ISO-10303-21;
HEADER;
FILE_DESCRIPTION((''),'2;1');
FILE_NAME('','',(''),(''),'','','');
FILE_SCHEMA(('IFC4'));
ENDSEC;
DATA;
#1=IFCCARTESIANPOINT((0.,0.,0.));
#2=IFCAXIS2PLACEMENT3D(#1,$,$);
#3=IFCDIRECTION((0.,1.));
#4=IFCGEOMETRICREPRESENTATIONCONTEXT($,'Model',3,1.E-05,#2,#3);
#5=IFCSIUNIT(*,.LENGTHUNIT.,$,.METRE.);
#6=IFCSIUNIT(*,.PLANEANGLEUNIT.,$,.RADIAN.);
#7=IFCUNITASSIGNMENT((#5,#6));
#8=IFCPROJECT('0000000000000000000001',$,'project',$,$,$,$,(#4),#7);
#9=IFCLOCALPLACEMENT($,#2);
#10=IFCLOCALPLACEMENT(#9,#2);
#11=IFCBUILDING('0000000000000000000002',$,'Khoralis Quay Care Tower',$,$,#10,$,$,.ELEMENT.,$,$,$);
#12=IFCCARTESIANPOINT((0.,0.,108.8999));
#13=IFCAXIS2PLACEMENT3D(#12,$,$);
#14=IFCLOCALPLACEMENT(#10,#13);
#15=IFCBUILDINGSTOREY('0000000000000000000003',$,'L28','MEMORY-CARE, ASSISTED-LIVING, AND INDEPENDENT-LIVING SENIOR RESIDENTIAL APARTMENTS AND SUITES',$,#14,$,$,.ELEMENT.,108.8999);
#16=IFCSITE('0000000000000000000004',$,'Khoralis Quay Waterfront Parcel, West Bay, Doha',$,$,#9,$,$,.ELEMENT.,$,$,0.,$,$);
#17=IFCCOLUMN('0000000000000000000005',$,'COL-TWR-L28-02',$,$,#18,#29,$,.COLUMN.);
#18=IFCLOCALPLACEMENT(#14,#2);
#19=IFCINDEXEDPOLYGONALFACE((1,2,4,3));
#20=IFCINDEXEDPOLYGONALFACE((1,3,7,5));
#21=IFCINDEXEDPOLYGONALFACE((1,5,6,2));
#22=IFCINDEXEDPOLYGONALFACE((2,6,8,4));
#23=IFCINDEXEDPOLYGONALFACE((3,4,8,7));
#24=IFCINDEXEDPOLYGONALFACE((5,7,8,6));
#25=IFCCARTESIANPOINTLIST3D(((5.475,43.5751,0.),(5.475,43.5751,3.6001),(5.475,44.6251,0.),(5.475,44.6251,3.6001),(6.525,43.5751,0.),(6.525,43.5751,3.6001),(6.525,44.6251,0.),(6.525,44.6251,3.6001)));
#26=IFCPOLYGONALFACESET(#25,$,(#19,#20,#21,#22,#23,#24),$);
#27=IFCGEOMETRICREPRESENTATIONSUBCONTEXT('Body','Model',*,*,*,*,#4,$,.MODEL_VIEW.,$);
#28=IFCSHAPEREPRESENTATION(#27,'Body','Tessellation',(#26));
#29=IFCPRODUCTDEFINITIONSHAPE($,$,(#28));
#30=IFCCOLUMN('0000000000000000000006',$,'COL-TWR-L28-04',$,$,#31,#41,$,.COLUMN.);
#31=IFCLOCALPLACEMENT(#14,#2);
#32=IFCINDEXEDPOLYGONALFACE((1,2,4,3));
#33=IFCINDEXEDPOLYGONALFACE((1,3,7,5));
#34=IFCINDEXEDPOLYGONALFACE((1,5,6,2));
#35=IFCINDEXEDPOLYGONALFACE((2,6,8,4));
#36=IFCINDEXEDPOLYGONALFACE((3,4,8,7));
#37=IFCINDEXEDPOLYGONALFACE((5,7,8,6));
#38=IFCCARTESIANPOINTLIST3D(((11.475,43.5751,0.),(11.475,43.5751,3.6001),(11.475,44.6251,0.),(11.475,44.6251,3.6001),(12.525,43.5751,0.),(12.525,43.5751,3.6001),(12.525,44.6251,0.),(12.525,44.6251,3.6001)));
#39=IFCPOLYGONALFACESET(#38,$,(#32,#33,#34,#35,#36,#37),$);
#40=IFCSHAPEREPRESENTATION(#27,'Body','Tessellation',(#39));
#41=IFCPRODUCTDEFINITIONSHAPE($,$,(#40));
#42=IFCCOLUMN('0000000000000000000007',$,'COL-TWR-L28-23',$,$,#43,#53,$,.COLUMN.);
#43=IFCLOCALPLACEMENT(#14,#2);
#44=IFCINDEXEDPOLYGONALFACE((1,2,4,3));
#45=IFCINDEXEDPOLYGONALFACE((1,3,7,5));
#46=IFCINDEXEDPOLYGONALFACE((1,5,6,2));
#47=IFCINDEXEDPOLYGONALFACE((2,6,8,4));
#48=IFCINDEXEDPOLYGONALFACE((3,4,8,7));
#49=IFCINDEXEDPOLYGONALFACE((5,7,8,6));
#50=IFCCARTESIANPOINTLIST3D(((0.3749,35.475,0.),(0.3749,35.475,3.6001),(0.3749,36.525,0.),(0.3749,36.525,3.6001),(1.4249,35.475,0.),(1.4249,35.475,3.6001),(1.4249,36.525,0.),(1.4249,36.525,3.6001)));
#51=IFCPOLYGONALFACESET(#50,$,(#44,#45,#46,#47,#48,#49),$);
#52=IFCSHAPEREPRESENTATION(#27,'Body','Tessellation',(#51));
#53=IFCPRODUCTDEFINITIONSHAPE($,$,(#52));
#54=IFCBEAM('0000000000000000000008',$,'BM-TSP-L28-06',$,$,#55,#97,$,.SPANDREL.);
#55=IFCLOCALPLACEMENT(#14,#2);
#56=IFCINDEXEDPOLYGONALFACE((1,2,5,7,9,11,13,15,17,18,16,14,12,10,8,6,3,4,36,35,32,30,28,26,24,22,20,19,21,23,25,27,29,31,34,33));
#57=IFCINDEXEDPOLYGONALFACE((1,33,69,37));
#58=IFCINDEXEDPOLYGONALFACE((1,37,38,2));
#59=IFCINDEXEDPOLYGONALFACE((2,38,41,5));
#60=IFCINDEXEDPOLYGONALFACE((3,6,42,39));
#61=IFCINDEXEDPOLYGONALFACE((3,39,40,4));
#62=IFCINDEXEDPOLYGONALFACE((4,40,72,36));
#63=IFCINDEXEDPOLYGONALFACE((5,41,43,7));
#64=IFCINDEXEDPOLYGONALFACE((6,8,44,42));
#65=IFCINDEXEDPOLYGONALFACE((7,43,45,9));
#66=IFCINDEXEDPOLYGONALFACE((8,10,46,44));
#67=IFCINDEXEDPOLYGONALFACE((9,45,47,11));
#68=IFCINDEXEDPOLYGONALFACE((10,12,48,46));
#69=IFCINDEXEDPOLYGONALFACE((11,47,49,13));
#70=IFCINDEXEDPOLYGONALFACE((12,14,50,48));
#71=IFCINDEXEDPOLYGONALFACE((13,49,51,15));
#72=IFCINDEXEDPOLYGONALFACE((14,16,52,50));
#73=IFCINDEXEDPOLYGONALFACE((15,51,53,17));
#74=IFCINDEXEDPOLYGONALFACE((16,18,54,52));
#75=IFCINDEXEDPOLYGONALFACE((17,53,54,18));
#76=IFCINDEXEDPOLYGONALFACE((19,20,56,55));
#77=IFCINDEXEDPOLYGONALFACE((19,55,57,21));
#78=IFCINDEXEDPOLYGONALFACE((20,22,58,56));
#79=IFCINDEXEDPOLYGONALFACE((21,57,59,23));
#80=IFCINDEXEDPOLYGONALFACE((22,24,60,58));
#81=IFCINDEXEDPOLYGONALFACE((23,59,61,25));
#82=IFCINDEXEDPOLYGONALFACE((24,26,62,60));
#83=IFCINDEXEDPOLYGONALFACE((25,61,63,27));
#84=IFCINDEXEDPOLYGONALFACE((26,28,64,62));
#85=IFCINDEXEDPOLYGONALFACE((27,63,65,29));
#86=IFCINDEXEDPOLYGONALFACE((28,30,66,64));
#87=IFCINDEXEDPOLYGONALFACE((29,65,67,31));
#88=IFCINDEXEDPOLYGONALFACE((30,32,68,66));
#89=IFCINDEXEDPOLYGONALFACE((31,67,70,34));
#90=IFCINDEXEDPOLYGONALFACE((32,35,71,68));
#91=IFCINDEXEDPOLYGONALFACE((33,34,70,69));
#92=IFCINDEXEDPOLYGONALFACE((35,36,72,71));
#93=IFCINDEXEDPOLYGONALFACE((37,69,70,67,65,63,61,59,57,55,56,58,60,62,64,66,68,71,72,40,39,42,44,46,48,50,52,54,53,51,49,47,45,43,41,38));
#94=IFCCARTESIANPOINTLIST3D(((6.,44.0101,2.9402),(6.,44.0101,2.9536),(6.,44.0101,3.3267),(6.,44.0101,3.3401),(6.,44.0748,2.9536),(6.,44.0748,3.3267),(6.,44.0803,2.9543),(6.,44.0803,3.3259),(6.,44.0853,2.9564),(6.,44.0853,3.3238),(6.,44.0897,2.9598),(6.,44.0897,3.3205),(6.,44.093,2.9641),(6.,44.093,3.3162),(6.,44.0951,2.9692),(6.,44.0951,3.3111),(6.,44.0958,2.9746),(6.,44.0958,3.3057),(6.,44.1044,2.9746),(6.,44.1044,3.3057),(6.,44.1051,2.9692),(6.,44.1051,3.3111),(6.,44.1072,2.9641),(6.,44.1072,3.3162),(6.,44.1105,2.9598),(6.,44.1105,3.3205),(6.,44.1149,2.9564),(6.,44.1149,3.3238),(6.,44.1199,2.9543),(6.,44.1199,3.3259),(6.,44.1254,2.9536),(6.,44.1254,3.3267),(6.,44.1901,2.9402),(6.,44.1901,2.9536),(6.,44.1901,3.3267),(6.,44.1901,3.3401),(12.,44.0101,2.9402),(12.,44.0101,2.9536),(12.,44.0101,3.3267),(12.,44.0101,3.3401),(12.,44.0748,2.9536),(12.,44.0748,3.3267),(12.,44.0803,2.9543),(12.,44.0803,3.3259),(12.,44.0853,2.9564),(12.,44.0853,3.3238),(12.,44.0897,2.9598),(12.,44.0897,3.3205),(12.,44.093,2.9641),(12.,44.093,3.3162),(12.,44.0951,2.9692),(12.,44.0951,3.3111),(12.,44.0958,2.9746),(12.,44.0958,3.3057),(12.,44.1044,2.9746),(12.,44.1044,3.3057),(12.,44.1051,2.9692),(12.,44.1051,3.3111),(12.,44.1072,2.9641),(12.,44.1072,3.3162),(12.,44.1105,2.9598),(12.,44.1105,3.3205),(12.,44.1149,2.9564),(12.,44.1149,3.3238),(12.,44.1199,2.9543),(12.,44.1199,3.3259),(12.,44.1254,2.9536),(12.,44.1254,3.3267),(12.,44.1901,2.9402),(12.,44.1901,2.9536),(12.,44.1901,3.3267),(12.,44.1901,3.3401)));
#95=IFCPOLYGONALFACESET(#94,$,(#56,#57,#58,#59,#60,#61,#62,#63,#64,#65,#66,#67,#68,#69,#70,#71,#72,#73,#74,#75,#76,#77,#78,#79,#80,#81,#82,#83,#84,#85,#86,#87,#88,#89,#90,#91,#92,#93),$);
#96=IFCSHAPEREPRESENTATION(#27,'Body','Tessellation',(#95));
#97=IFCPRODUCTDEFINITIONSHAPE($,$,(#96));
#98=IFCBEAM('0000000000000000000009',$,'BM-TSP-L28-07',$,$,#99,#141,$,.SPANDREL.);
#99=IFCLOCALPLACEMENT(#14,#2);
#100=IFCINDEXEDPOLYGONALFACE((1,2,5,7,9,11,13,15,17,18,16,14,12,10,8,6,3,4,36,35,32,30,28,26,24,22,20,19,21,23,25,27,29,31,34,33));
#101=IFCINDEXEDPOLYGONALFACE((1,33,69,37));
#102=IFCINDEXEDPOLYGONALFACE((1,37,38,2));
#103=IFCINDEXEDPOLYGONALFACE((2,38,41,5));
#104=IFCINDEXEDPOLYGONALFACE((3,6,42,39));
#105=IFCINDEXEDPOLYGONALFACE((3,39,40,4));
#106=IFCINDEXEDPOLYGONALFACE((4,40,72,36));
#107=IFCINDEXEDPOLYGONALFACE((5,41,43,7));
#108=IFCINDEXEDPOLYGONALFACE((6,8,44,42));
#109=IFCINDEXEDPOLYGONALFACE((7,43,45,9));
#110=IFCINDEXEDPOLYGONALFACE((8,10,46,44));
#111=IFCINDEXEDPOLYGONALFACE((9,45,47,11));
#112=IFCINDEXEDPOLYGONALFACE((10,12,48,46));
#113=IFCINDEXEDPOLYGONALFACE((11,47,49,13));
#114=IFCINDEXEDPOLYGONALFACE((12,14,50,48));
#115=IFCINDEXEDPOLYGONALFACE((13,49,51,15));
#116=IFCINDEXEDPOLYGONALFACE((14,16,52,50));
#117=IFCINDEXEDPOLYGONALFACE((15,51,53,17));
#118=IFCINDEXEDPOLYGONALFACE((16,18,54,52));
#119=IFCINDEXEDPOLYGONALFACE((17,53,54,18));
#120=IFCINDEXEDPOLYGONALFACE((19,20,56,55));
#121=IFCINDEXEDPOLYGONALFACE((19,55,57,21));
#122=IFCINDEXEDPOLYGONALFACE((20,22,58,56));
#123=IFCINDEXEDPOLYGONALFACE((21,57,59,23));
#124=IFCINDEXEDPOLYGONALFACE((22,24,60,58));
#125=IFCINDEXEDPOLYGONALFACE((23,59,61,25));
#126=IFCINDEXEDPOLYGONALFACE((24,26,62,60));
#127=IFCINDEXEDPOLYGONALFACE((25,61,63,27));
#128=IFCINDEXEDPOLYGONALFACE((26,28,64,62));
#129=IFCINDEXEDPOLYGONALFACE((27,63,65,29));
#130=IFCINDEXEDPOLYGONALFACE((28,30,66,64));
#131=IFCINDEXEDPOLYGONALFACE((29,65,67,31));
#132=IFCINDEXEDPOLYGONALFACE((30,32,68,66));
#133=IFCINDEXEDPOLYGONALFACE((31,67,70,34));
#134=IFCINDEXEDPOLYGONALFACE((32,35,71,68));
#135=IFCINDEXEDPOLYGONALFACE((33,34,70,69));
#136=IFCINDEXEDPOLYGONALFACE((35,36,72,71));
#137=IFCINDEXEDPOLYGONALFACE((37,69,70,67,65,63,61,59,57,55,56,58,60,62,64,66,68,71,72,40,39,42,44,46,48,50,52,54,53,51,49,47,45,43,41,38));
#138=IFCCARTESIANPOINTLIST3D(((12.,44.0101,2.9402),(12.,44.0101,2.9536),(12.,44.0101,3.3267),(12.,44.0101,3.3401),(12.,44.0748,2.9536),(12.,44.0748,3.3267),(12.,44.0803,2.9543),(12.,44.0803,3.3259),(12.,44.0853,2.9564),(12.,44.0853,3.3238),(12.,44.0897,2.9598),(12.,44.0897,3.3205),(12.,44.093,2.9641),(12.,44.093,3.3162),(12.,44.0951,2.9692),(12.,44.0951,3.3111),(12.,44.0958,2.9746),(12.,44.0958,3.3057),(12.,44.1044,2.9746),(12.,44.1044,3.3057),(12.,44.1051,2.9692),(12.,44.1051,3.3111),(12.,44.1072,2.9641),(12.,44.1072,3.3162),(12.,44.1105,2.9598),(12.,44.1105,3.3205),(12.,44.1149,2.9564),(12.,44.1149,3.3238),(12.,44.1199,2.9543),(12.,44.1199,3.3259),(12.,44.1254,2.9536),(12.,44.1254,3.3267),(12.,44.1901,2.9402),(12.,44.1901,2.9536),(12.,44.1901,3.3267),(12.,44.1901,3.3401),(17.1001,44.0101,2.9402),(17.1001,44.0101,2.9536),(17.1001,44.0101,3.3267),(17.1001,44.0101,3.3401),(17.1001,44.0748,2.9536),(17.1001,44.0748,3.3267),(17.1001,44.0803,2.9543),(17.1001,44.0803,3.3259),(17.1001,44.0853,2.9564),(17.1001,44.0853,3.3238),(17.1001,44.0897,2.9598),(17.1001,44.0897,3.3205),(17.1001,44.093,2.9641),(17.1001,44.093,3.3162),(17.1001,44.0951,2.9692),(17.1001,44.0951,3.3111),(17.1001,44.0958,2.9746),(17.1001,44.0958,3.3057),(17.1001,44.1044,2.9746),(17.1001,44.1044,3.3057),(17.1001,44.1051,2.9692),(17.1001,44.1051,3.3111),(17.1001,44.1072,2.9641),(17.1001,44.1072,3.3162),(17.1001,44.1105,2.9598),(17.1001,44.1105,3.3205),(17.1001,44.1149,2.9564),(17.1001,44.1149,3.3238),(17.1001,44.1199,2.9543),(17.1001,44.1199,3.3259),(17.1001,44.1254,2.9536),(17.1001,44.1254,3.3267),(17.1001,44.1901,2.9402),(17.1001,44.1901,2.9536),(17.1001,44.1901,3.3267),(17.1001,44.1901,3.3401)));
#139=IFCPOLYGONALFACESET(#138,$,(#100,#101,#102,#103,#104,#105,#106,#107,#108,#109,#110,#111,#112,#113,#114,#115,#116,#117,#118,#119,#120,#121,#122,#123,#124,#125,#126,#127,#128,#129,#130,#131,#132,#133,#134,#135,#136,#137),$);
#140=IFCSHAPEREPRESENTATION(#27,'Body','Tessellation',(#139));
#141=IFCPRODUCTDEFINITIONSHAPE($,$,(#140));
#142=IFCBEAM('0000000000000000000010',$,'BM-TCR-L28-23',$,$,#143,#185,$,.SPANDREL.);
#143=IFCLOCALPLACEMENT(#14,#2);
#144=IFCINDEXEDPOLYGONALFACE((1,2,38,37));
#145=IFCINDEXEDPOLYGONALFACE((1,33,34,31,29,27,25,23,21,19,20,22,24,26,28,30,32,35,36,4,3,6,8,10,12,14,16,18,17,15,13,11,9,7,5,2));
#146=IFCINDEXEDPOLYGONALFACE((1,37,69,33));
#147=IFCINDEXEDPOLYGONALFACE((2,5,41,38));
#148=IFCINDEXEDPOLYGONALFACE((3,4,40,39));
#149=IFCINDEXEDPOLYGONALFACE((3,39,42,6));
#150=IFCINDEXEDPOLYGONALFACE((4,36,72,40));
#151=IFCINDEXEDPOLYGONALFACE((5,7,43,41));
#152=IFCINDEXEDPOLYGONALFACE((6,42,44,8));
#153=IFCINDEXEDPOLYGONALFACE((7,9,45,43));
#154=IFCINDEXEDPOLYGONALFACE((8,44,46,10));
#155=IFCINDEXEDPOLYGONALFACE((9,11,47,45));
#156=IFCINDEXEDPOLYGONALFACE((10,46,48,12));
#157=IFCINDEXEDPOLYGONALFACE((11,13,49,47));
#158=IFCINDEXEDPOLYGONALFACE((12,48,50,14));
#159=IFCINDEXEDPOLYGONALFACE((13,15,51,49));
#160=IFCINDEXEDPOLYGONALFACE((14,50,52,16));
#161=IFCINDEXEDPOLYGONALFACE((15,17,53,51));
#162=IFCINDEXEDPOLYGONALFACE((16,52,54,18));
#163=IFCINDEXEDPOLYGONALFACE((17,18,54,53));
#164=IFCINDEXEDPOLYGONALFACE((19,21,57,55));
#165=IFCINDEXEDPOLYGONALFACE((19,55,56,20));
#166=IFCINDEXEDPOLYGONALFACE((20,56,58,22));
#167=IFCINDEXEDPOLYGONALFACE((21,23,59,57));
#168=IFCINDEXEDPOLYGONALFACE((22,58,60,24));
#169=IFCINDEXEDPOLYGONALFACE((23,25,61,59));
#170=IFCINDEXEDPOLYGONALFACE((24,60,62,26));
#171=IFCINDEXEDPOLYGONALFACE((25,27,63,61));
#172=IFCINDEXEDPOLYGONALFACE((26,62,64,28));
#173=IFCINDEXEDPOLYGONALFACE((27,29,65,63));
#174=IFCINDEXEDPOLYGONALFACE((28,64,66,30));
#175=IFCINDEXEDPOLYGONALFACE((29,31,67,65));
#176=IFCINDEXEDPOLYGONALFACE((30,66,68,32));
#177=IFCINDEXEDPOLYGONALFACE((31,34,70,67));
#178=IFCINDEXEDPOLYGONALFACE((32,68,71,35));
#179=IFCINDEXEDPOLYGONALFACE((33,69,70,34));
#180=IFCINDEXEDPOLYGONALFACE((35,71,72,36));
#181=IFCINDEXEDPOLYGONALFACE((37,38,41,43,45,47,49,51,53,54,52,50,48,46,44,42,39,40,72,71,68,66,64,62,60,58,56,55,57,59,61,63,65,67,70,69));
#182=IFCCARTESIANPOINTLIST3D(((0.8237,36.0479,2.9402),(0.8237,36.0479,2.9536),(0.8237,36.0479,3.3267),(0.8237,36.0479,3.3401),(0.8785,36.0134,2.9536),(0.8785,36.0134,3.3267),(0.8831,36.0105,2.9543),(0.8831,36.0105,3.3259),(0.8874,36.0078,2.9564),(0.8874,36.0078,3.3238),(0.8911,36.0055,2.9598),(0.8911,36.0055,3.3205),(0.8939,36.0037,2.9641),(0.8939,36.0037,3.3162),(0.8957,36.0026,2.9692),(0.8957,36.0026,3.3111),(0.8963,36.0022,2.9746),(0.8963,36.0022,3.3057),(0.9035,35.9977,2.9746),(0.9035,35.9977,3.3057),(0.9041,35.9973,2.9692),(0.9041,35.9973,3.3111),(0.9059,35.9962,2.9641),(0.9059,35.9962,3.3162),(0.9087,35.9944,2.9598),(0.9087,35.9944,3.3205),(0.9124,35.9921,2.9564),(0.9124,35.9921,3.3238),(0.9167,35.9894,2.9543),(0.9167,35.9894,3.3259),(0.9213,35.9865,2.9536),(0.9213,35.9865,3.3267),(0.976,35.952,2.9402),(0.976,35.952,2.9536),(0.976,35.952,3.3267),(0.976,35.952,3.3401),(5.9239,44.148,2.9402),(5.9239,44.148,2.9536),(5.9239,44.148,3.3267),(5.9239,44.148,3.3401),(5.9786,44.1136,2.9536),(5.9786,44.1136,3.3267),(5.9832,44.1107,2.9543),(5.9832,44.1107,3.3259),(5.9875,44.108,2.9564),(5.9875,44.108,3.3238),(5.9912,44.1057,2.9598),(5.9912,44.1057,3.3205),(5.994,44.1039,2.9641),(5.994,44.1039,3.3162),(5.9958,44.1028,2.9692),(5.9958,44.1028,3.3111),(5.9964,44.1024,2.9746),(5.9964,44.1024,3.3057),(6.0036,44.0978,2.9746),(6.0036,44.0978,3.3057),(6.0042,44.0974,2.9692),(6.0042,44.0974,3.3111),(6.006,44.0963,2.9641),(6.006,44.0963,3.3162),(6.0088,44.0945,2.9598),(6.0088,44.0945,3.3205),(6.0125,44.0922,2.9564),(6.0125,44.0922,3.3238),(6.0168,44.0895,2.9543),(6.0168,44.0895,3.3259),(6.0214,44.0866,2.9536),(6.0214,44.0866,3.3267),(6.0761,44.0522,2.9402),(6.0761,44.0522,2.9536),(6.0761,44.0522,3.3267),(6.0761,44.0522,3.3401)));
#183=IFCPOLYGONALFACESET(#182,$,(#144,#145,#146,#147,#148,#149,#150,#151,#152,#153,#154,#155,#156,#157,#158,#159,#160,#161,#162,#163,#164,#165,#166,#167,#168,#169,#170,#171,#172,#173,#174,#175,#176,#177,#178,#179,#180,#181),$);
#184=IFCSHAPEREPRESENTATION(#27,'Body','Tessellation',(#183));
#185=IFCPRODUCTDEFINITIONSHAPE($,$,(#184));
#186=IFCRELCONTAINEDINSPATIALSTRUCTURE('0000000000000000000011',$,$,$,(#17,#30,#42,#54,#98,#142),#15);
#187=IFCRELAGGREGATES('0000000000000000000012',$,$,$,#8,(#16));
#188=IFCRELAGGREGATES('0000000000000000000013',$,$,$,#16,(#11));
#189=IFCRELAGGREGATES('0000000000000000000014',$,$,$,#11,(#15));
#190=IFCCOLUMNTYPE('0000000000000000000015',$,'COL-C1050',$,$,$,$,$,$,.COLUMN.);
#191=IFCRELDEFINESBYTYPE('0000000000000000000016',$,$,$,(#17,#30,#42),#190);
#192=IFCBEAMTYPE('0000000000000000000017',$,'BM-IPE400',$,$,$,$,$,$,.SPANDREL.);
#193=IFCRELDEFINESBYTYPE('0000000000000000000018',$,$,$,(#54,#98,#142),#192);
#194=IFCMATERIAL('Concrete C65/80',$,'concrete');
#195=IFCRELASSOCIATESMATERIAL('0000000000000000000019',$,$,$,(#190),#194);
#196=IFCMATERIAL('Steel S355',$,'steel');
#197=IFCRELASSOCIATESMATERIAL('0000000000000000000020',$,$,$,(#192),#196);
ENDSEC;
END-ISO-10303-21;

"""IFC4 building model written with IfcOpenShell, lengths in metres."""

from ifc_helpers import new_model, si_unit, direction, frame, origin, origin_2d, place, context, subcontext, project, spatial, rectangle, i_section, extrude, source, transform, mapped, material, material_profile, profile_set, type_object, element, save


model = new_model("IFC4")

# Units and contexts
model_context = context("Model", 3, precision=1e-05, world=origin(), true_north=direction((0.0, 1.0)))
body_context = subcontext(model_context, "Body", "Model", "MODEL_VIEW")
ifc_project = project(units=[si_unit("LENGTHUNIT", "METRE"), si_unit("PLANEANGLEUNIT", "RADIAN")], contexts=[model_context])

# Site, building, storey
site_placement = place(None, origin())
site = spatial("IfcSite", under=ifc_project, at=site_placement, Name="Khoralis Quay Waterfront Parcel, West Bay, Doha", CompositionType="ELEMENT", RefElevation=0.0)
building_placement = place(site_placement, origin())
building = spatial("IfcBuilding", under=site, at=building_placement, Name="Khoralis Quay Care Tower", CompositionType="ELEMENT")
storey_placement = place(building_placement, frame((0.0, 0.0, 108.8999)))
storey = spatial("IfcBuildingStorey", under=building, at=storey_placement, Name="L28", Description="MEMORY-CARE, ASSISTED-LIVING, AND INDEPENDENT-LIVING SENIOR RESIDENTIAL APARTMENTS AND SUITES", CompositionType="ELEMENT", Elevation=108.8999)

# Columns
ifc_material_1 = material(Name="Concrete C65/80", Category="concrete")
ifc_material_profile_1 = material_profile(ifc_material_1, rectangle(XDim=1.05, YDim=1.05, at=origin_2d()), Name="Concrete C65/80")
ifc_profile_set_1 = profile_set([ifc_material_profile_1], Name="Concrete C65/80")
column_type = type_object("IfcColumnType", Name="COL-C1050", PredefinedType="COLUMN", material=ifc_profile_set_1)
shared_shape_1 = source(origin(), body_context, "Body", "SweptSolid", [
    extrude(rectangle(XDim=1.05, YDim=1.05, at=origin_2d()), origin(), (0.0, 0.0, 1.0), 3.6001),
])
for number, where, z_axis, x_axis, name in (
    (1, (6.0, 44.1001, 0.0), (0.0, 0.0, 1.0), (1.0, 0.0, 0.0), "COL-TWR-L28-02"),
    (2, (12.0, 44.1001, 0.0), (0.0, 0.0, 1.0), (1.0, 0.0, 0.0), "COL-TWR-L28-04"),
    (3, (0.8999, 36.0, 0.0), (0.0, 0.0, 1.0), (1.0, 0.0, 0.0), "COL-TWR-L28-23"),
):
    element("IfcColumn", number, at=place(storey_placement, frame(where, z_axis=z_axis, x_axis=x_axis)), inside=storey, type_object=column_type, Name=name, PredefinedType="COLUMN", context=body_context, shape_type="MappedRepresentation", body=[
        mapped(shared_shape_1, transform((0.0, 0.0, 0.0), scale=1.0)),
    ])

# Beams
ifc_material_2 = material(Name="Steel S355", Category="steel")
ifc_material_profile_2 = material_profile(ifc_material_2, i_section(OverallWidth=0.1799, OverallDepth=0.3999, WebThickness=0.0085, FlangeThickness=0.0134, FilletRadius=0.021, at=origin_2d()), Name="Steel S355")
ifc_profile_set_2 = profile_set([ifc_material_profile_2], Name="Steel S355")
beam_type_1 = type_object("IfcBeamType", Name="BM-IPE400", PredefinedType="SPANDREL", material=ifc_profile_set_2)
shared_shape_2 = source(origin(), body_context, "Body", "SweptSolid", [
    extrude(i_section(OverallWidth=0.1799, OverallDepth=0.3999, WebThickness=0.0085, FlangeThickness=0.0134, FilletRadius=0.021, at=origin_2d()), origin(), (0.0, 0.0, 1.0), 6.0),
])
beam_1_placement = place(storey_placement, frame((6.0, 44.1001, 3.1401), z_axis=(1.0, 0.0, 0.0), x_axis=(0.0, 1.0, 0.0)))
element("IfcBeam", 4, at=beam_1_placement, inside=storey, type_object=beam_type_1, Name="BM-TSP-L28-06", PredefinedType="SPANDREL", context=body_context, shape_type="MappedRepresentation", body=[
    mapped(shared_shape_2, transform((0.0, 0.0, 0.0), scale=1.0)),
])
shared_shape_3 = source(origin(), body_context, "Body", "SweptSolid", [
    extrude(i_section(OverallWidth=0.1799, OverallDepth=0.3999, WebThickness=0.0085, FlangeThickness=0.0134, FilletRadius=0.021, at=origin_2d()), origin(), (0.0, 0.0, 1.0), 5.1001),
])
beam_2_placement = place(storey_placement, frame((12.0, 44.1001, 3.1401), z_axis=(1.0, 0.0, 0.0), x_axis=(0.0, 1.0, 0.0)))
element("IfcBeam", 5, at=beam_2_placement, inside=storey, type_object=beam_type_1, Name="BM-TSP-L28-07", PredefinedType="SPANDREL", context=body_context, shape_type="MappedRepresentation", body=[
    mapped(shared_shape_3, transform((0.0, 0.0, 0.0), scale=1.0)),
])
shared_shape_4 = source(origin(), body_context, "Body", "SweptSolid", [
    extrude(i_section(OverallWidth=0.1799, OverallDepth=0.3999, WebThickness=0.0085, FlangeThickness=0.0134, FilletRadius=0.021, at=origin_2d()), origin(), (0.0, 0.0, 1.0), 9.572),
])
beam_3_placement = place(storey_placement, frame((6.0, 44.1001, 3.1401), z_axis=(-0.532816, -0.846231, 0.0), x_axis=(0.846231, -0.532816, 0.0)))
element("IfcBeam", 6, at=beam_3_placement, inside=storey, type_object=beam_type_1, Name="BM-TCR-L28-23", PredefinedType="SPANDREL", context=body_context, shape_type="MappedRepresentation", body=[
    mapped(shared_shape_4, transform((0.0, 0.0, 0.0), scale=1.0)),
])

save(model, "model.ifc")
